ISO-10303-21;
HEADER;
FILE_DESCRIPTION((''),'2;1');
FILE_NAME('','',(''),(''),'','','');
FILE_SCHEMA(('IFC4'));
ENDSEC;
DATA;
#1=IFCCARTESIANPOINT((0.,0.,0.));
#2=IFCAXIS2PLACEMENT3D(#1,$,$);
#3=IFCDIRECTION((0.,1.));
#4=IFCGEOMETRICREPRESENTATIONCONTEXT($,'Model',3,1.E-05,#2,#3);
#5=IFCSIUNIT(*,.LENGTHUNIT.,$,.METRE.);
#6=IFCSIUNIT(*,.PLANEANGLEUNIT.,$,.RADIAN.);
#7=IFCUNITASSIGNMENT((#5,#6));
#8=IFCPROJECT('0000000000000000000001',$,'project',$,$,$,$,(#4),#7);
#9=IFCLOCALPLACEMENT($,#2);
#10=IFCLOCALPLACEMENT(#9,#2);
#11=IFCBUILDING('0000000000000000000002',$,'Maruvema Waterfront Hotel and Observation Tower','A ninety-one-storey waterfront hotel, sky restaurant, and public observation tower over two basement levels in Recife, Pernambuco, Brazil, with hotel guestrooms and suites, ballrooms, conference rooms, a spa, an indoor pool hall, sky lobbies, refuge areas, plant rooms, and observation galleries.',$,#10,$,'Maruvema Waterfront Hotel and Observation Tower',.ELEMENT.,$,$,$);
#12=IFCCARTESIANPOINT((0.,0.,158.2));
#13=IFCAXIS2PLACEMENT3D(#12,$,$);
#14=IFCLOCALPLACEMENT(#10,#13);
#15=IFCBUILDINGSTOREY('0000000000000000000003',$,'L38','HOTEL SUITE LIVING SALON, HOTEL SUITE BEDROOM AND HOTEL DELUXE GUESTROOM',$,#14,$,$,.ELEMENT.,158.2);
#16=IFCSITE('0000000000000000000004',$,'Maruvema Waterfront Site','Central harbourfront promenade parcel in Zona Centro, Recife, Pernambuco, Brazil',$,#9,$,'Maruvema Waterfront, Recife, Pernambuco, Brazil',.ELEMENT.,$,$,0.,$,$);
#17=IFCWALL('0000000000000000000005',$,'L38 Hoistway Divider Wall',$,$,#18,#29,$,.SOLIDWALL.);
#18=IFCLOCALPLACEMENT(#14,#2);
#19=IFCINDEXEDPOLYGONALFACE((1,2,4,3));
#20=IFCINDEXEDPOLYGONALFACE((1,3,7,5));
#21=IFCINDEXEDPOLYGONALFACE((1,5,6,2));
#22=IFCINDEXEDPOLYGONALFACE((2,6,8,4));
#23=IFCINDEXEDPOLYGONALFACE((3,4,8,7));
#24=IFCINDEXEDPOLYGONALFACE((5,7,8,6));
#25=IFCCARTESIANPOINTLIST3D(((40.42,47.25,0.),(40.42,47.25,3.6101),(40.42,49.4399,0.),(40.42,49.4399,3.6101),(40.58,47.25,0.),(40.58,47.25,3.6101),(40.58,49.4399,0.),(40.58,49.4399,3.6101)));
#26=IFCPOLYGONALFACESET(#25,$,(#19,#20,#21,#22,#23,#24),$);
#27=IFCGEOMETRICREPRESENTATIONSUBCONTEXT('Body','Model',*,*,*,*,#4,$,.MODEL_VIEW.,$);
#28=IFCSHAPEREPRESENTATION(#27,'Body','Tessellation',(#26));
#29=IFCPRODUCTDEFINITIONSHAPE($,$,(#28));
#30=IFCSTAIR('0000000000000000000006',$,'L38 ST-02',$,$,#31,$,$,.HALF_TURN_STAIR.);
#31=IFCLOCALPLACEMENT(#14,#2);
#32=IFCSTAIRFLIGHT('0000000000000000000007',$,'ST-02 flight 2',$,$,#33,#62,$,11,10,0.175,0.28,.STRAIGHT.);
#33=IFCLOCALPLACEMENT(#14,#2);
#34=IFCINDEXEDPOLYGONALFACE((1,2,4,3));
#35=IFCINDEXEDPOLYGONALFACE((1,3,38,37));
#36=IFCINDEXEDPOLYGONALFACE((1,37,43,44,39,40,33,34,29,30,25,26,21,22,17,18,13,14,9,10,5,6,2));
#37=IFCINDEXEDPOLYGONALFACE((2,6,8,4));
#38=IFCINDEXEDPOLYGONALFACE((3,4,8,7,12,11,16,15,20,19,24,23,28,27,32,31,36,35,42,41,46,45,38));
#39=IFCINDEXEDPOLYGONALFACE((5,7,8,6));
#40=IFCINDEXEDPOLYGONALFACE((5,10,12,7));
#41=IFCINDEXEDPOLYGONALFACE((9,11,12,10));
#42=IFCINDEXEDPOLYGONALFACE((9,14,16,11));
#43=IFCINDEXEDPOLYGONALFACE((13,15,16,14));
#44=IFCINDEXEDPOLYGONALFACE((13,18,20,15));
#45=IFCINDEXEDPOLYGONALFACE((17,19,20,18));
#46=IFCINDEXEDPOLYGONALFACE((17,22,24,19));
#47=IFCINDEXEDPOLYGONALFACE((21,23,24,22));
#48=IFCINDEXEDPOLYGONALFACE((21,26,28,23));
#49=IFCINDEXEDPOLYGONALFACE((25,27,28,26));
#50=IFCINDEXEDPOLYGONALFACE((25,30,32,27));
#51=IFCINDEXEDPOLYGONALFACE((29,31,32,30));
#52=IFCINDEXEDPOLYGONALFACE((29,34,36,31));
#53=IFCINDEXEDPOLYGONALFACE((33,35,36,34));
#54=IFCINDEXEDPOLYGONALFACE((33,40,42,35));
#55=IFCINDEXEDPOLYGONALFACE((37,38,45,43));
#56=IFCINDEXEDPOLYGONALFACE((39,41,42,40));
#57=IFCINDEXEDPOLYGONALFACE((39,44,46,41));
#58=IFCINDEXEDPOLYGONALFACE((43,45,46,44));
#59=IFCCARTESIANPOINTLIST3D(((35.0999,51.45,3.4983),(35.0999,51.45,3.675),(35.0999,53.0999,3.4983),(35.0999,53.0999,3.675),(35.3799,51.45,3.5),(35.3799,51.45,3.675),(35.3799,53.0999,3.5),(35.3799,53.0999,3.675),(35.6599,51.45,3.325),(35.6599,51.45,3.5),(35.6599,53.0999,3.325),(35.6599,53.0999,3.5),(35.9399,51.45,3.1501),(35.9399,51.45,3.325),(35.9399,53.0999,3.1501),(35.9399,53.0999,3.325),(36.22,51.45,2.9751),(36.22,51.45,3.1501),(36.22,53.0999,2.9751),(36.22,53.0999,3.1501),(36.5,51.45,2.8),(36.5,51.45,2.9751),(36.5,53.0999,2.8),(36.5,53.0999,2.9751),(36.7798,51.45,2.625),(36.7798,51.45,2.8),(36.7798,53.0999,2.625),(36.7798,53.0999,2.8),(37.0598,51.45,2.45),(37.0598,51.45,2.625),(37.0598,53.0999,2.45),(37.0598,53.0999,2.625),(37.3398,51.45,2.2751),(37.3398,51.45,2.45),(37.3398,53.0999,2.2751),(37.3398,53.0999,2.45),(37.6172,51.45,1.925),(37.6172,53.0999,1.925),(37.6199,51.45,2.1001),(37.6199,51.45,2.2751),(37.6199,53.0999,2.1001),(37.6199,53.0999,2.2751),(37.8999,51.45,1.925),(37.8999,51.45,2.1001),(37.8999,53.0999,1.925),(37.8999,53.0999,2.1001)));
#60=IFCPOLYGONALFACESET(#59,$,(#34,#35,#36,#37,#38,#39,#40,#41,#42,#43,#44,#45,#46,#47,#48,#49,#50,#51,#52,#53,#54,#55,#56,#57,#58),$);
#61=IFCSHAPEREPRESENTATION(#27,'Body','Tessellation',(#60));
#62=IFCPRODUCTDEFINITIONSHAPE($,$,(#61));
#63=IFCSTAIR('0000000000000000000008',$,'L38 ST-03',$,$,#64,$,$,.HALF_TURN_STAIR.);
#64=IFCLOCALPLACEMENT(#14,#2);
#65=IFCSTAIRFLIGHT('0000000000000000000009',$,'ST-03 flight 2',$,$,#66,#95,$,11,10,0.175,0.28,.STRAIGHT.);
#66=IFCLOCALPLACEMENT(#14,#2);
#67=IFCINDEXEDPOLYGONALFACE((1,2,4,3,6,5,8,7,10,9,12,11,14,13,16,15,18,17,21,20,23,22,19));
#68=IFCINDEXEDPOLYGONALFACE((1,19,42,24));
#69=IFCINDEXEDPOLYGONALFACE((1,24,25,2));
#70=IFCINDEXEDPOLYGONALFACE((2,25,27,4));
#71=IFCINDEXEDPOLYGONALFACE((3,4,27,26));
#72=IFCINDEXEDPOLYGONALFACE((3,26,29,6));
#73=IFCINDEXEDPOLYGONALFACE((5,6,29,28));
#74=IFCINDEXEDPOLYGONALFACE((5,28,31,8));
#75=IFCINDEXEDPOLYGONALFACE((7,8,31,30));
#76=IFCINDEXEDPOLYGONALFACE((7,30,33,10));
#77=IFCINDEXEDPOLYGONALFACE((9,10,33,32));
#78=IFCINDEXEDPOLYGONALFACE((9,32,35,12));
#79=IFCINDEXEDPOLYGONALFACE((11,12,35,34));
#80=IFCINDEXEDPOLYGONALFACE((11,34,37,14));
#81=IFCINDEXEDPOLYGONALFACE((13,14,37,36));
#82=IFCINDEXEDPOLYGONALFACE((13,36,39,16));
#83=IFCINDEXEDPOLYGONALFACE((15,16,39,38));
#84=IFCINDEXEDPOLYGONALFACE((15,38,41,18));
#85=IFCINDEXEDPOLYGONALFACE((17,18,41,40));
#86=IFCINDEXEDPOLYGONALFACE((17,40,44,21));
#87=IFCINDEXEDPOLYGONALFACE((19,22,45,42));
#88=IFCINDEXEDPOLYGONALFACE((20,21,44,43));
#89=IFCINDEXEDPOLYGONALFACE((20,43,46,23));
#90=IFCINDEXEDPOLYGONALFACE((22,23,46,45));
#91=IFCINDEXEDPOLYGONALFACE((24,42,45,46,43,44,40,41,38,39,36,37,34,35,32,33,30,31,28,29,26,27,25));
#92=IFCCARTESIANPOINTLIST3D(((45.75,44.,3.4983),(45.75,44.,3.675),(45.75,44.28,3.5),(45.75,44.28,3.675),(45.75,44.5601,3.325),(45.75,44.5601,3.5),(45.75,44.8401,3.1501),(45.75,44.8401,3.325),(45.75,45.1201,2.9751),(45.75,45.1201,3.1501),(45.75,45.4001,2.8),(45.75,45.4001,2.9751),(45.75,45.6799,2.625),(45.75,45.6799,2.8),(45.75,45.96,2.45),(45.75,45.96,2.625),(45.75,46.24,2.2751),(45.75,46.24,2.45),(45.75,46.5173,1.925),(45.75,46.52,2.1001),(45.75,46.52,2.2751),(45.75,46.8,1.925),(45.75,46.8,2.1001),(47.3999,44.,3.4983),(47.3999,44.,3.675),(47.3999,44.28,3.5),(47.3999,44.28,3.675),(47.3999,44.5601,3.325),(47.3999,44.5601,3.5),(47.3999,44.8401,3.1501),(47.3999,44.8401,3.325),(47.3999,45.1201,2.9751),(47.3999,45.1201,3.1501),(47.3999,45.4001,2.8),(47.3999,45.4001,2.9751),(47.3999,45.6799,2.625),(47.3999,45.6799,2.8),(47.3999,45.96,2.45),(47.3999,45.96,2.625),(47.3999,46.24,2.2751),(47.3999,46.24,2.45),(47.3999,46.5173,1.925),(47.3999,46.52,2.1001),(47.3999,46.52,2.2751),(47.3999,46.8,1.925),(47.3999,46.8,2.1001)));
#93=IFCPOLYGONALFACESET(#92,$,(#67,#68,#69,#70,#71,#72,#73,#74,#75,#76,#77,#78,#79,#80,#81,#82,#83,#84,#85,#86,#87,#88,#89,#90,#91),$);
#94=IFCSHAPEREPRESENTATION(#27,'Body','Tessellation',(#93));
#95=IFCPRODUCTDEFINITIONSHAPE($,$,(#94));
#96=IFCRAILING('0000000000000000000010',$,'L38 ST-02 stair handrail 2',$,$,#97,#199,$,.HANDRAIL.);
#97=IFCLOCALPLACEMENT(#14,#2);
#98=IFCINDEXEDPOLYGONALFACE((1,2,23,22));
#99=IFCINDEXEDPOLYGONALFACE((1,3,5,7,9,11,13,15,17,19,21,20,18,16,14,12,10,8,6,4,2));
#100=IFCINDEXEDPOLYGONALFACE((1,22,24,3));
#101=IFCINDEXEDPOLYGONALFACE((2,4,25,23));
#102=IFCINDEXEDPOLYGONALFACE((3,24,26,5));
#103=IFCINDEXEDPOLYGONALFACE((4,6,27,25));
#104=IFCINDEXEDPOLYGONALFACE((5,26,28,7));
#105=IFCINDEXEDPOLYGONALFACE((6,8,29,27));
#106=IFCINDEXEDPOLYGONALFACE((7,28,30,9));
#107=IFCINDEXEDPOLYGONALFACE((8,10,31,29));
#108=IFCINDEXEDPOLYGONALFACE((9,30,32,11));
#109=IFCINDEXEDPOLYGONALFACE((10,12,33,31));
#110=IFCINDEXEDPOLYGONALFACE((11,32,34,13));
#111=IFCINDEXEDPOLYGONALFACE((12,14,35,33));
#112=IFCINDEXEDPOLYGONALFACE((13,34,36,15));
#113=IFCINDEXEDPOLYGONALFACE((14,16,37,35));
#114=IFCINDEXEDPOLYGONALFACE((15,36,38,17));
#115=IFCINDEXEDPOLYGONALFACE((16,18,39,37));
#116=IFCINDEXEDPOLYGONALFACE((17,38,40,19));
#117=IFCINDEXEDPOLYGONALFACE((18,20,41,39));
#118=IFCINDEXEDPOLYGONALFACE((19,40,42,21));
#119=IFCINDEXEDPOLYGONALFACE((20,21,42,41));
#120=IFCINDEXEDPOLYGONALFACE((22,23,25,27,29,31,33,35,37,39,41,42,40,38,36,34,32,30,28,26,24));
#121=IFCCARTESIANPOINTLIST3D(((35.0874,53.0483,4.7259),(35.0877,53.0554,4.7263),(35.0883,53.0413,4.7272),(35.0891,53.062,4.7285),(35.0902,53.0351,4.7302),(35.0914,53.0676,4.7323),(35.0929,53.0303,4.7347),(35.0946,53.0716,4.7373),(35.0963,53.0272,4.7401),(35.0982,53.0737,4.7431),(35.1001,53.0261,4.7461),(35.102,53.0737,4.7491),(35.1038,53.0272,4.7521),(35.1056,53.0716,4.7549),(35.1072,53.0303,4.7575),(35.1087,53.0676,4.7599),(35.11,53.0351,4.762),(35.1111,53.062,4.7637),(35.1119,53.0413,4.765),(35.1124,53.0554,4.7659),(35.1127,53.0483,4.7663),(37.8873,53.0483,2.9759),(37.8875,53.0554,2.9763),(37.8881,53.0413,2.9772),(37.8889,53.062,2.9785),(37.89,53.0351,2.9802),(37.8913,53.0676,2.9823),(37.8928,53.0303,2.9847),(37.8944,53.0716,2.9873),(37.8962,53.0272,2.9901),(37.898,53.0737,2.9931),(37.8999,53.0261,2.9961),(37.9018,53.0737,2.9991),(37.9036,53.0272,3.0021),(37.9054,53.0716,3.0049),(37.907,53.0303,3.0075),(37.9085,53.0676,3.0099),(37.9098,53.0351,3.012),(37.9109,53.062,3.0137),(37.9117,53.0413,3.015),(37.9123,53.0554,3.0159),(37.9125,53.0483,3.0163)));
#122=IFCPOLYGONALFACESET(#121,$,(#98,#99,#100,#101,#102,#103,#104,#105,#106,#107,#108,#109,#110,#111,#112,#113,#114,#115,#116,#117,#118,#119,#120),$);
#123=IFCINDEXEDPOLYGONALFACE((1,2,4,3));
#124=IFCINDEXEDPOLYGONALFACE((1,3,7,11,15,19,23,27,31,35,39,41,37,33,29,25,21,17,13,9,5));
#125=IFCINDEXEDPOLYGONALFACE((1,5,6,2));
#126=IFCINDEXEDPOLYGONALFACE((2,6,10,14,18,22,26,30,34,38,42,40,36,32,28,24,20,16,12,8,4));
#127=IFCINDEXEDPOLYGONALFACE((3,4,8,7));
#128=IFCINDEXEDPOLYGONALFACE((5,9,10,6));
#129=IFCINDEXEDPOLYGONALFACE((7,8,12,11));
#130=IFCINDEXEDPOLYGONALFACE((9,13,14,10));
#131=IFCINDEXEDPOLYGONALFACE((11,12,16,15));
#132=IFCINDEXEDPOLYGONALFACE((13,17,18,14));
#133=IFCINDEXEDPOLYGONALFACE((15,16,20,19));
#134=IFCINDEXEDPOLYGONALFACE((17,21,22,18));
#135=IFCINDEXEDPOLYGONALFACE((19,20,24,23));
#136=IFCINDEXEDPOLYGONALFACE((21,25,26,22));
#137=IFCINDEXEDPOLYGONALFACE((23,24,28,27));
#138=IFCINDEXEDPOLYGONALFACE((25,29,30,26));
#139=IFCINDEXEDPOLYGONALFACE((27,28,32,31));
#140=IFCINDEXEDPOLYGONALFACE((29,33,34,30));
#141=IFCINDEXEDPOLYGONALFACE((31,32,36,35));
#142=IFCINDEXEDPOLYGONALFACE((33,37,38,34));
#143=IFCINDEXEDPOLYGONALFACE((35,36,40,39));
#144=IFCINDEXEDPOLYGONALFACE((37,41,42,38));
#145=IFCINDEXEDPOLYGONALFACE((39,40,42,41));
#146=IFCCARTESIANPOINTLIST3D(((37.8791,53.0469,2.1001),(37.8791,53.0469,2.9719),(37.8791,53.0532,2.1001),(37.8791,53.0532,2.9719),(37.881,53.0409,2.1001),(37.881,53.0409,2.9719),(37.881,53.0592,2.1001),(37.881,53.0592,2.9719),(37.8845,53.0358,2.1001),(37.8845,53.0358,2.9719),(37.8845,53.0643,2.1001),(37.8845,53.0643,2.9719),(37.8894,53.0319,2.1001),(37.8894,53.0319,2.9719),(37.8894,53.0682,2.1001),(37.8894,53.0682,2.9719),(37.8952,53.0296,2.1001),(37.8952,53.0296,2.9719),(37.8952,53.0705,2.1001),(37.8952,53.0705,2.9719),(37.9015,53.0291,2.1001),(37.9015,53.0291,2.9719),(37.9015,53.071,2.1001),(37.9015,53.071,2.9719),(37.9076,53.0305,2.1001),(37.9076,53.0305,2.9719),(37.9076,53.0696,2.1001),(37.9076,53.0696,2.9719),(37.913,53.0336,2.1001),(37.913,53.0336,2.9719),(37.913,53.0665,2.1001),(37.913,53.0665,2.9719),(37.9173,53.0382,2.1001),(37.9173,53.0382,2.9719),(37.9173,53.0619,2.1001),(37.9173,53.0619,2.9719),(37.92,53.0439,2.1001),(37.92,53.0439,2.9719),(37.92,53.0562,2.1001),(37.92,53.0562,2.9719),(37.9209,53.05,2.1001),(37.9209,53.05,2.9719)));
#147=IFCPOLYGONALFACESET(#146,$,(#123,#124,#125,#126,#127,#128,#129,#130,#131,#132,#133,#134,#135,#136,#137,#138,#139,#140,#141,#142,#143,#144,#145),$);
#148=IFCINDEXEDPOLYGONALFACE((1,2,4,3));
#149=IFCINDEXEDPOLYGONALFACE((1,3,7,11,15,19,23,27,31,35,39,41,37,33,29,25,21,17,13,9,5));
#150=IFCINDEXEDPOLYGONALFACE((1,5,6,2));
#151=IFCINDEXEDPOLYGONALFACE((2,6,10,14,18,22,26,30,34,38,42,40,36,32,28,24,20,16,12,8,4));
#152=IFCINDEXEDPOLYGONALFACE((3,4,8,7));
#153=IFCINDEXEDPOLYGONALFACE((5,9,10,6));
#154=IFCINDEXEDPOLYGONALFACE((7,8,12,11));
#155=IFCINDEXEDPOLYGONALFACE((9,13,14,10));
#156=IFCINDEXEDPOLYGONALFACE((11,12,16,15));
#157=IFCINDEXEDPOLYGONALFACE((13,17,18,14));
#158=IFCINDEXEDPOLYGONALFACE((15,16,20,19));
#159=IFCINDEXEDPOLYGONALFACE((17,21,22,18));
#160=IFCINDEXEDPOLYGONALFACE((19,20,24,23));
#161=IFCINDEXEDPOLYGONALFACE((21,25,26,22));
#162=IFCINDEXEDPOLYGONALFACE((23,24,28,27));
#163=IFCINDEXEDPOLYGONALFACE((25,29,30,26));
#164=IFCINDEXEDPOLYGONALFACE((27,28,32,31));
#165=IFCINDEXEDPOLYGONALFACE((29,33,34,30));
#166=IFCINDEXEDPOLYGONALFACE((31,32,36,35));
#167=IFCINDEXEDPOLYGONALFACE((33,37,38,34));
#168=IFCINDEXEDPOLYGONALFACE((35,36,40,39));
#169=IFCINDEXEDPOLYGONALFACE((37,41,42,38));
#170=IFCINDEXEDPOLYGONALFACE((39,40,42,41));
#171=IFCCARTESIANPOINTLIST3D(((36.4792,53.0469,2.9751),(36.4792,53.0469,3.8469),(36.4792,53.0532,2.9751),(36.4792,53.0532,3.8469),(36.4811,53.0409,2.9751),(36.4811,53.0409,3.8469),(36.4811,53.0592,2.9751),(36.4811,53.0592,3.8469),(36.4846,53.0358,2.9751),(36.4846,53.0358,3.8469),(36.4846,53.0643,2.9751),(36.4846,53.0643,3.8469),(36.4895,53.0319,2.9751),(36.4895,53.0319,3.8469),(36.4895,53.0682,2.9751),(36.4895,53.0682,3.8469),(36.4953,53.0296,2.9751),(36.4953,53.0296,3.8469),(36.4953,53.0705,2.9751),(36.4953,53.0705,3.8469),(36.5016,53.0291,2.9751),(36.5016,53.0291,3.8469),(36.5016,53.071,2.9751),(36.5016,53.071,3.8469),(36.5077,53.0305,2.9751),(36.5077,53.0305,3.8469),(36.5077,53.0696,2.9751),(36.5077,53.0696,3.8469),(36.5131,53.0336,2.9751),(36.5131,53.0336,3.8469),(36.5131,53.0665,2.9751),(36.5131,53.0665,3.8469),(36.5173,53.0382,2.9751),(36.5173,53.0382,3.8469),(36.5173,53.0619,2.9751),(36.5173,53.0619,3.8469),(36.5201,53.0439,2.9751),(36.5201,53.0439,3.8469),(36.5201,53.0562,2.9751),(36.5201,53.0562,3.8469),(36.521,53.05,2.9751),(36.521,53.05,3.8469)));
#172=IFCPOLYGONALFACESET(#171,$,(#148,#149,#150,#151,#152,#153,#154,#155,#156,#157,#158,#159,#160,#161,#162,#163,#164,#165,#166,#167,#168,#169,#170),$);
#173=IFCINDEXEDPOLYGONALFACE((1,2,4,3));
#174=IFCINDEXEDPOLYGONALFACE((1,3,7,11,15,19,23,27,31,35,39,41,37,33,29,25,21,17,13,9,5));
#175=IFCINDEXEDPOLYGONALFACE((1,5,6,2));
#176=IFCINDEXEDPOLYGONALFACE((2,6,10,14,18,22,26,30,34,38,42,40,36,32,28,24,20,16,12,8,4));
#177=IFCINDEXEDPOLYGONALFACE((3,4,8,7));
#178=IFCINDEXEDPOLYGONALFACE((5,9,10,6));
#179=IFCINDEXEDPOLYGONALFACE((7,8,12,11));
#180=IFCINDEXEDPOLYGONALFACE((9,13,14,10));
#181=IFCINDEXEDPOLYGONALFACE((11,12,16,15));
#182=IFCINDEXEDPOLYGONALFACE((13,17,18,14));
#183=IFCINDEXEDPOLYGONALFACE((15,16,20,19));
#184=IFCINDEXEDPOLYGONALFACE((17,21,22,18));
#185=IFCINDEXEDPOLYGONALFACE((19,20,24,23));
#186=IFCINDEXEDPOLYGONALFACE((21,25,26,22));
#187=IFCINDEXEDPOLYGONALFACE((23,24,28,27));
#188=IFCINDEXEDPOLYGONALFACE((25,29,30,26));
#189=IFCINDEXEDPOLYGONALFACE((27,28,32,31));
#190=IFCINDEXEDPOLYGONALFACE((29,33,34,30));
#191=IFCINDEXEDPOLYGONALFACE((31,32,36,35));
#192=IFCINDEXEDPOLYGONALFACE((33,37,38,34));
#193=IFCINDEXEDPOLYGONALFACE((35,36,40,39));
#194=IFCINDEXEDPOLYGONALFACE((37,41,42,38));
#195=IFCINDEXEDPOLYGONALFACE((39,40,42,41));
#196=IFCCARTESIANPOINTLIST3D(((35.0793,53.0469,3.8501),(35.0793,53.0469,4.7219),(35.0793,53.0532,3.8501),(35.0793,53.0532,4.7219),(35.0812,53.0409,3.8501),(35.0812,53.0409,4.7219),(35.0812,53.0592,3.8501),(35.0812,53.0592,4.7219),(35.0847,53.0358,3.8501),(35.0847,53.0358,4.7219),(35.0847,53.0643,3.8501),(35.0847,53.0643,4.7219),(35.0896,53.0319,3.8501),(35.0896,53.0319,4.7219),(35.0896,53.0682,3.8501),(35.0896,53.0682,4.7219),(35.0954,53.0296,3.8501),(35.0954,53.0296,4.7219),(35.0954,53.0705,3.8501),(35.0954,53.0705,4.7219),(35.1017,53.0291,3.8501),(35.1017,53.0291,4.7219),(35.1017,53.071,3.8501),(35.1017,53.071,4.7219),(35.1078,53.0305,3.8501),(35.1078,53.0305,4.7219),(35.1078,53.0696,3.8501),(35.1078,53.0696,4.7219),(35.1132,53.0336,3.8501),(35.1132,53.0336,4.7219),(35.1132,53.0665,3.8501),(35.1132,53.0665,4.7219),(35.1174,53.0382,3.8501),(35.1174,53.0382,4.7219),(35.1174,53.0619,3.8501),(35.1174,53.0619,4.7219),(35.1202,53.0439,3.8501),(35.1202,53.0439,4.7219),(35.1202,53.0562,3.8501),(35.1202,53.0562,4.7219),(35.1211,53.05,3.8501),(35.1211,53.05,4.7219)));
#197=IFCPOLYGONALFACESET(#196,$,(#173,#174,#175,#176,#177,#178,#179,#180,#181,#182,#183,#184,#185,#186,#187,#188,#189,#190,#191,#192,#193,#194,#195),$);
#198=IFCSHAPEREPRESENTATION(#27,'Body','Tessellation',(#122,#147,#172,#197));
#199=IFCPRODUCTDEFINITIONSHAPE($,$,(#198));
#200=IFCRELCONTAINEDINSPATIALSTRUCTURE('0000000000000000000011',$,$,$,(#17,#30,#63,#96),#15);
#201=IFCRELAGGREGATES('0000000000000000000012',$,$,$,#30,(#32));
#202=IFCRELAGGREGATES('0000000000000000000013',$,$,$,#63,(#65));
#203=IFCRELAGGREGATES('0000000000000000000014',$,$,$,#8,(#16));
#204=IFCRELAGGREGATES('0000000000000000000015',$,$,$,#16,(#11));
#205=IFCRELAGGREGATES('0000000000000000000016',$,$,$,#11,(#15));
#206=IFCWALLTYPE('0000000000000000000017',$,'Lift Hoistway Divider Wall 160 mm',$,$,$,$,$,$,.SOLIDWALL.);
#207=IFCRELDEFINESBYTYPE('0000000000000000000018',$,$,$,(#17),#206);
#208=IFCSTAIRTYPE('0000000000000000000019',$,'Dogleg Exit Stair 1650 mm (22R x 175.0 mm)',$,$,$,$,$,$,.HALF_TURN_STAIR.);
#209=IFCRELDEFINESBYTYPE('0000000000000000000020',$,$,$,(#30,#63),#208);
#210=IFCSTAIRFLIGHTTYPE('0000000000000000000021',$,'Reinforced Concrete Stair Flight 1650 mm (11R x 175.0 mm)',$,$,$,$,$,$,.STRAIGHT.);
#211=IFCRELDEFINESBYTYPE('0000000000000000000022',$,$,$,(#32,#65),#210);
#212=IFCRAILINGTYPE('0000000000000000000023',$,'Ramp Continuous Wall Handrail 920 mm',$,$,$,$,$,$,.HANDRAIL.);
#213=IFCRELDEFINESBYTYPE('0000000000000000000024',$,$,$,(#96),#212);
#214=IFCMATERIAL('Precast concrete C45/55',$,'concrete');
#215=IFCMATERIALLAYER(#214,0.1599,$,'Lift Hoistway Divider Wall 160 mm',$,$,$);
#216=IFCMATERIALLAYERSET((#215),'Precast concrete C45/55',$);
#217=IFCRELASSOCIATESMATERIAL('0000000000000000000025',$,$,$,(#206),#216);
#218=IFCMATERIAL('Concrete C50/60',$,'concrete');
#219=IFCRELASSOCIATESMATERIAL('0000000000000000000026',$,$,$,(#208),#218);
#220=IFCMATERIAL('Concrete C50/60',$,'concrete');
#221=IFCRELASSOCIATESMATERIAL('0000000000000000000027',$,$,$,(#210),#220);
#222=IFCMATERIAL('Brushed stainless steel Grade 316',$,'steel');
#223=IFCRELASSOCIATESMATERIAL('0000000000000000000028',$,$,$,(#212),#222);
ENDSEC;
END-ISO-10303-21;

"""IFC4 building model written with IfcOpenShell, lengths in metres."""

from ifc_helpers import new_model, si_unit, direction, frame, frame_2d, origin, origin_2d, place, context, subcontext, project, spatial, polyline, rectangle, circle, outline, extrude, material, layer, layer_set, type_object, element, aggregate, save


model = new_model("IFC4")

# Units and contexts
model_context = context("Model", 3, precision=1e-05, world=origin(), true_north=direction((0.0, 1.0)))
body_context = subcontext(model_context, "Body", "Model", "MODEL_VIEW")
ifc_project = project(units=[si_unit("LENGTHUNIT", "METRE"), si_unit("PLANEANGLEUNIT", "RADIAN")], contexts=[model_context])

# Site, building, storey
site_placement = place(None, origin())
site = spatial("IfcSite", under=ifc_project, at=site_placement, Name="Maruvema Waterfront Site", Description="Central harbourfront promenade parcel in Zona Centro, Recife, Pernambuco, Brazil", LongName="Maruvema Waterfront, Recife, Pernambuco, Brazil", CompositionType="ELEMENT", RefElevation=0.0)
building_placement = place(site_placement, origin())
building = spatial("IfcBuilding", under=site, at=building_placement, Name="Maruvema Waterfront Hotel and Observation Tower", Description="A ninety-one-storey waterfront hotel, sky restaurant, and public observation tower over two basement levels in Recife, Pernambuco, Brazil, with hotel guestrooms and suites, ballrooms, conference rooms, a spa, an indoor pool hall, sky lobbies, refuge areas, plant rooms, and observation galleries.", LongName="Maruvema Waterfront Hotel and Observation Tower", CompositionType="ELEMENT")
storey_placement = place(building_placement, frame((0.0, 0.0, 158.2)))
storey = spatial("IfcBuildingStorey", under=building, at=storey_placement, Name="L38", Description="HOTEL SUITE LIVING SALON, HOTEL SUITE BEDROOM AND HOTEL DELUXE GUESTROOM", CompositionType="ELEMENT", Elevation=158.2)

# Wall
ifc_material_1 = material(Name="Precast concrete C45/55", Category="concrete")
ifc_layer_1 = layer(ifc_material_1, 0.1599, Name="Lift Hoistway Divider Wall 160 mm")
ifc_layer_set_1 = layer_set([ifc_layer_1], Name="Precast concrete C45/55")
wall_type_1 = type_object("IfcWallType", Name="Lift Hoistway Divider Wall 160 mm", PredefinedType="SOLIDWALL", material=ifc_layer_set_1)
for number, where, z_axis, x_axis, name in (
    (1, (40.5, 47.25, 0.0), (0.0, 0.0, 1.0), (0.0, 1.0, 0.0), "L38 Hoistway Divider Wall"),
):
    element("IfcWall", number, at=place(storey_placement, frame(where, z_axis=z_axis, x_axis=x_axis)), inside=storey, type_object=wall_type_1, Name=name, PredefinedType="SOLIDWALL", context=body_context, shape_type="SweptSolid", body=[
        extrude(rectangle(XDim=2.1899, YDim=0.1599, at=frame_2d((1.095, 0.0))), origin(), (0.0, 0.0, 1.0), 3.6101),
    ])

# Stairs, stair flights
ifc_material_2 = material(Name="Concrete C50/60", Category="concrete")
stair_type = type_object("IfcStairType", Name="Dogleg Exit Stair 1650 mm (22R x 175.0 mm)", PredefinedType="HALF_TURN_STAIR", material=ifc_material_2)
stair_1_placement = place(storey_placement, origin())
stair_1 = element("IfcStair", 2, at=stair_1_placement, inside=storey, type_object=stair_type, Name="L38 ST-02", PredefinedType="HALF_TURN_STAIR")
ifc_material_3 = material(Name="Concrete C50/60", Category="concrete")
stair_flight_type = type_object("IfcStairFlightType", Name="Reinforced Concrete Stair Flight 1650 mm (11R x 175.0 mm)", PredefinedType="STRAIGHT", material=ifc_material_3)
stair_flight_1_placement = place(storey_placement, frame((37.8999, 52.2749, 1.925), z_axis=(0.0, 0.0, 1.0), x_axis=(-1.0, 0.0, 0.0)))
stair_flight_1 = element("IfcStairFlight", 3, at=stair_flight_1_placement, type_object=stair_flight_type, Name="ST-02 flight 2", NumberOfRisers=11, NumberOfTreads=10, PredefinedType="STRAIGHT", RiserHeight=0.175, TreadLength=0.28, context=body_context, shape_type="SweptSolid", body=[
    extrude(outline(polyline([(0.0, 0.0), (0.0, 0.175), (0.28, 0.175), (0.28, 0.3501), (0.5601, 0.3501), (0.5601, 0.5249), (0.8401, 0.5249), (0.8401, 0.7), (1.1201, 0.7), (1.1201, 0.875), (1.3999, 0.875), (1.3999, 1.05), (1.6799, 1.05), (1.6799, 1.2251), (1.96, 1.2251), (1.96, 1.3999), (2.24, 1.3999), (2.24, 1.575), (2.52, 1.575), (2.52, 1.75), (2.8, 1.75), (2.8, 1.925), (2.8, 1.5732), (0.2827, 0.0), (0.0, 0.0)])), frame((0.0, 0.825, 0.0), z_axis=(0.0, -1.0, 0.0), x_axis=(1.0, 0.0, 0.0)), (0.0, 0.0, 1.0), 1.6499),
])
aggregate(stair_1, [stair_flight_1])
stair_2_placement = place(storey_placement, origin())
stair_2 = element("IfcStair", 4, at=stair_2_placement, inside=storey, type_object=stair_type, Name="L38 ST-03", PredefinedType="HALF_TURN_STAIR")
stair_flight_2_placement = place(storey_placement, frame((46.575, 46.8, 1.925), z_axis=(0.0, 0.0, 1.0), x_axis=(0.0, -1.0, 0.0)))
stair_flight_2 = element("IfcStairFlight", 5, at=stair_flight_2_placement, type_object=stair_flight_type, Name="ST-03 flight 2", NumberOfRisers=11, NumberOfTreads=10, PredefinedType="STRAIGHT", RiserHeight=0.175, TreadLength=0.28, context=body_context, shape_type="SweptSolid", body=[
    extrude(outline(polyline([(0.0, 0.0), (0.0, 0.175), (0.28, 0.175), (0.28, 0.3501), (0.5601, 0.3501), (0.5601, 0.5249), (0.8401, 0.5249), (0.8401, 0.7), (1.1201, 0.7), (1.1201, 0.875), (1.3999, 0.875), (1.3999, 1.05), (1.6799, 1.05), (1.6799, 1.2251), (1.96, 1.2251), (1.96, 1.3999), (2.24, 1.3999), (2.24, 1.575), (2.52, 1.575), (2.52, 1.75), (2.8, 1.75), (2.8, 1.925), (2.8, 1.5732), (0.2827, 0.0), (0.0, 0.0)])), frame((0.0, 0.825, 0.0), z_axis=(0.0, -1.0, 0.0), x_axis=(1.0, 0.0, 0.0)), (0.0, 0.0, 1.0), 1.6499),
])
aggregate(stair_2, [stair_flight_2])

# Railing
ifc_material_4 = material(Name="Brushed stainless steel Grade 316", Category="steel")
railing_type_1 = type_object("IfcRailingType", Name="Ramp Continuous Wall Handrail 920 mm", PredefinedType="HANDRAIL", material=ifc_material_4)
railing_1_placement = place(storey_placement, frame((37.8999, 53.05, 2.1001)))
element("IfcRailing", 6, at=railing_1_placement, inside=storey, type_object=railing_type_1, Name="L38 ST-02 stair handrail 2", PredefinedType="HANDRAIL", context=body_context, shape_type="SweptSolid", body=[
    extrude(circle(Radius=0.0239, at=origin_2d()), frame((0.0, 0.0, 0.896), z_axis=(-0.847982, 0.0, 0.530026), x_axis=(0.0, -1.0, 0.0)), (0.0, 0.0, 1.0), 3.3018),
    extrude(circle(Radius=0.021, at=origin_2d()), origin(), (0.0, 0.0, 1.0), 0.8718),
    extrude(circle(Radius=0.021, at=origin_2d()), frame((-1.3999, 0.0, 0.875)), (0.0, 0.0, 1.0), 0.8718),
    extrude(circle(Radius=0.021, at=origin_2d()), frame((-2.7998, 0.0, 1.75)), (0.0, 0.0, 1.0), 0.8718),
])

save(model, "model.ifc")
